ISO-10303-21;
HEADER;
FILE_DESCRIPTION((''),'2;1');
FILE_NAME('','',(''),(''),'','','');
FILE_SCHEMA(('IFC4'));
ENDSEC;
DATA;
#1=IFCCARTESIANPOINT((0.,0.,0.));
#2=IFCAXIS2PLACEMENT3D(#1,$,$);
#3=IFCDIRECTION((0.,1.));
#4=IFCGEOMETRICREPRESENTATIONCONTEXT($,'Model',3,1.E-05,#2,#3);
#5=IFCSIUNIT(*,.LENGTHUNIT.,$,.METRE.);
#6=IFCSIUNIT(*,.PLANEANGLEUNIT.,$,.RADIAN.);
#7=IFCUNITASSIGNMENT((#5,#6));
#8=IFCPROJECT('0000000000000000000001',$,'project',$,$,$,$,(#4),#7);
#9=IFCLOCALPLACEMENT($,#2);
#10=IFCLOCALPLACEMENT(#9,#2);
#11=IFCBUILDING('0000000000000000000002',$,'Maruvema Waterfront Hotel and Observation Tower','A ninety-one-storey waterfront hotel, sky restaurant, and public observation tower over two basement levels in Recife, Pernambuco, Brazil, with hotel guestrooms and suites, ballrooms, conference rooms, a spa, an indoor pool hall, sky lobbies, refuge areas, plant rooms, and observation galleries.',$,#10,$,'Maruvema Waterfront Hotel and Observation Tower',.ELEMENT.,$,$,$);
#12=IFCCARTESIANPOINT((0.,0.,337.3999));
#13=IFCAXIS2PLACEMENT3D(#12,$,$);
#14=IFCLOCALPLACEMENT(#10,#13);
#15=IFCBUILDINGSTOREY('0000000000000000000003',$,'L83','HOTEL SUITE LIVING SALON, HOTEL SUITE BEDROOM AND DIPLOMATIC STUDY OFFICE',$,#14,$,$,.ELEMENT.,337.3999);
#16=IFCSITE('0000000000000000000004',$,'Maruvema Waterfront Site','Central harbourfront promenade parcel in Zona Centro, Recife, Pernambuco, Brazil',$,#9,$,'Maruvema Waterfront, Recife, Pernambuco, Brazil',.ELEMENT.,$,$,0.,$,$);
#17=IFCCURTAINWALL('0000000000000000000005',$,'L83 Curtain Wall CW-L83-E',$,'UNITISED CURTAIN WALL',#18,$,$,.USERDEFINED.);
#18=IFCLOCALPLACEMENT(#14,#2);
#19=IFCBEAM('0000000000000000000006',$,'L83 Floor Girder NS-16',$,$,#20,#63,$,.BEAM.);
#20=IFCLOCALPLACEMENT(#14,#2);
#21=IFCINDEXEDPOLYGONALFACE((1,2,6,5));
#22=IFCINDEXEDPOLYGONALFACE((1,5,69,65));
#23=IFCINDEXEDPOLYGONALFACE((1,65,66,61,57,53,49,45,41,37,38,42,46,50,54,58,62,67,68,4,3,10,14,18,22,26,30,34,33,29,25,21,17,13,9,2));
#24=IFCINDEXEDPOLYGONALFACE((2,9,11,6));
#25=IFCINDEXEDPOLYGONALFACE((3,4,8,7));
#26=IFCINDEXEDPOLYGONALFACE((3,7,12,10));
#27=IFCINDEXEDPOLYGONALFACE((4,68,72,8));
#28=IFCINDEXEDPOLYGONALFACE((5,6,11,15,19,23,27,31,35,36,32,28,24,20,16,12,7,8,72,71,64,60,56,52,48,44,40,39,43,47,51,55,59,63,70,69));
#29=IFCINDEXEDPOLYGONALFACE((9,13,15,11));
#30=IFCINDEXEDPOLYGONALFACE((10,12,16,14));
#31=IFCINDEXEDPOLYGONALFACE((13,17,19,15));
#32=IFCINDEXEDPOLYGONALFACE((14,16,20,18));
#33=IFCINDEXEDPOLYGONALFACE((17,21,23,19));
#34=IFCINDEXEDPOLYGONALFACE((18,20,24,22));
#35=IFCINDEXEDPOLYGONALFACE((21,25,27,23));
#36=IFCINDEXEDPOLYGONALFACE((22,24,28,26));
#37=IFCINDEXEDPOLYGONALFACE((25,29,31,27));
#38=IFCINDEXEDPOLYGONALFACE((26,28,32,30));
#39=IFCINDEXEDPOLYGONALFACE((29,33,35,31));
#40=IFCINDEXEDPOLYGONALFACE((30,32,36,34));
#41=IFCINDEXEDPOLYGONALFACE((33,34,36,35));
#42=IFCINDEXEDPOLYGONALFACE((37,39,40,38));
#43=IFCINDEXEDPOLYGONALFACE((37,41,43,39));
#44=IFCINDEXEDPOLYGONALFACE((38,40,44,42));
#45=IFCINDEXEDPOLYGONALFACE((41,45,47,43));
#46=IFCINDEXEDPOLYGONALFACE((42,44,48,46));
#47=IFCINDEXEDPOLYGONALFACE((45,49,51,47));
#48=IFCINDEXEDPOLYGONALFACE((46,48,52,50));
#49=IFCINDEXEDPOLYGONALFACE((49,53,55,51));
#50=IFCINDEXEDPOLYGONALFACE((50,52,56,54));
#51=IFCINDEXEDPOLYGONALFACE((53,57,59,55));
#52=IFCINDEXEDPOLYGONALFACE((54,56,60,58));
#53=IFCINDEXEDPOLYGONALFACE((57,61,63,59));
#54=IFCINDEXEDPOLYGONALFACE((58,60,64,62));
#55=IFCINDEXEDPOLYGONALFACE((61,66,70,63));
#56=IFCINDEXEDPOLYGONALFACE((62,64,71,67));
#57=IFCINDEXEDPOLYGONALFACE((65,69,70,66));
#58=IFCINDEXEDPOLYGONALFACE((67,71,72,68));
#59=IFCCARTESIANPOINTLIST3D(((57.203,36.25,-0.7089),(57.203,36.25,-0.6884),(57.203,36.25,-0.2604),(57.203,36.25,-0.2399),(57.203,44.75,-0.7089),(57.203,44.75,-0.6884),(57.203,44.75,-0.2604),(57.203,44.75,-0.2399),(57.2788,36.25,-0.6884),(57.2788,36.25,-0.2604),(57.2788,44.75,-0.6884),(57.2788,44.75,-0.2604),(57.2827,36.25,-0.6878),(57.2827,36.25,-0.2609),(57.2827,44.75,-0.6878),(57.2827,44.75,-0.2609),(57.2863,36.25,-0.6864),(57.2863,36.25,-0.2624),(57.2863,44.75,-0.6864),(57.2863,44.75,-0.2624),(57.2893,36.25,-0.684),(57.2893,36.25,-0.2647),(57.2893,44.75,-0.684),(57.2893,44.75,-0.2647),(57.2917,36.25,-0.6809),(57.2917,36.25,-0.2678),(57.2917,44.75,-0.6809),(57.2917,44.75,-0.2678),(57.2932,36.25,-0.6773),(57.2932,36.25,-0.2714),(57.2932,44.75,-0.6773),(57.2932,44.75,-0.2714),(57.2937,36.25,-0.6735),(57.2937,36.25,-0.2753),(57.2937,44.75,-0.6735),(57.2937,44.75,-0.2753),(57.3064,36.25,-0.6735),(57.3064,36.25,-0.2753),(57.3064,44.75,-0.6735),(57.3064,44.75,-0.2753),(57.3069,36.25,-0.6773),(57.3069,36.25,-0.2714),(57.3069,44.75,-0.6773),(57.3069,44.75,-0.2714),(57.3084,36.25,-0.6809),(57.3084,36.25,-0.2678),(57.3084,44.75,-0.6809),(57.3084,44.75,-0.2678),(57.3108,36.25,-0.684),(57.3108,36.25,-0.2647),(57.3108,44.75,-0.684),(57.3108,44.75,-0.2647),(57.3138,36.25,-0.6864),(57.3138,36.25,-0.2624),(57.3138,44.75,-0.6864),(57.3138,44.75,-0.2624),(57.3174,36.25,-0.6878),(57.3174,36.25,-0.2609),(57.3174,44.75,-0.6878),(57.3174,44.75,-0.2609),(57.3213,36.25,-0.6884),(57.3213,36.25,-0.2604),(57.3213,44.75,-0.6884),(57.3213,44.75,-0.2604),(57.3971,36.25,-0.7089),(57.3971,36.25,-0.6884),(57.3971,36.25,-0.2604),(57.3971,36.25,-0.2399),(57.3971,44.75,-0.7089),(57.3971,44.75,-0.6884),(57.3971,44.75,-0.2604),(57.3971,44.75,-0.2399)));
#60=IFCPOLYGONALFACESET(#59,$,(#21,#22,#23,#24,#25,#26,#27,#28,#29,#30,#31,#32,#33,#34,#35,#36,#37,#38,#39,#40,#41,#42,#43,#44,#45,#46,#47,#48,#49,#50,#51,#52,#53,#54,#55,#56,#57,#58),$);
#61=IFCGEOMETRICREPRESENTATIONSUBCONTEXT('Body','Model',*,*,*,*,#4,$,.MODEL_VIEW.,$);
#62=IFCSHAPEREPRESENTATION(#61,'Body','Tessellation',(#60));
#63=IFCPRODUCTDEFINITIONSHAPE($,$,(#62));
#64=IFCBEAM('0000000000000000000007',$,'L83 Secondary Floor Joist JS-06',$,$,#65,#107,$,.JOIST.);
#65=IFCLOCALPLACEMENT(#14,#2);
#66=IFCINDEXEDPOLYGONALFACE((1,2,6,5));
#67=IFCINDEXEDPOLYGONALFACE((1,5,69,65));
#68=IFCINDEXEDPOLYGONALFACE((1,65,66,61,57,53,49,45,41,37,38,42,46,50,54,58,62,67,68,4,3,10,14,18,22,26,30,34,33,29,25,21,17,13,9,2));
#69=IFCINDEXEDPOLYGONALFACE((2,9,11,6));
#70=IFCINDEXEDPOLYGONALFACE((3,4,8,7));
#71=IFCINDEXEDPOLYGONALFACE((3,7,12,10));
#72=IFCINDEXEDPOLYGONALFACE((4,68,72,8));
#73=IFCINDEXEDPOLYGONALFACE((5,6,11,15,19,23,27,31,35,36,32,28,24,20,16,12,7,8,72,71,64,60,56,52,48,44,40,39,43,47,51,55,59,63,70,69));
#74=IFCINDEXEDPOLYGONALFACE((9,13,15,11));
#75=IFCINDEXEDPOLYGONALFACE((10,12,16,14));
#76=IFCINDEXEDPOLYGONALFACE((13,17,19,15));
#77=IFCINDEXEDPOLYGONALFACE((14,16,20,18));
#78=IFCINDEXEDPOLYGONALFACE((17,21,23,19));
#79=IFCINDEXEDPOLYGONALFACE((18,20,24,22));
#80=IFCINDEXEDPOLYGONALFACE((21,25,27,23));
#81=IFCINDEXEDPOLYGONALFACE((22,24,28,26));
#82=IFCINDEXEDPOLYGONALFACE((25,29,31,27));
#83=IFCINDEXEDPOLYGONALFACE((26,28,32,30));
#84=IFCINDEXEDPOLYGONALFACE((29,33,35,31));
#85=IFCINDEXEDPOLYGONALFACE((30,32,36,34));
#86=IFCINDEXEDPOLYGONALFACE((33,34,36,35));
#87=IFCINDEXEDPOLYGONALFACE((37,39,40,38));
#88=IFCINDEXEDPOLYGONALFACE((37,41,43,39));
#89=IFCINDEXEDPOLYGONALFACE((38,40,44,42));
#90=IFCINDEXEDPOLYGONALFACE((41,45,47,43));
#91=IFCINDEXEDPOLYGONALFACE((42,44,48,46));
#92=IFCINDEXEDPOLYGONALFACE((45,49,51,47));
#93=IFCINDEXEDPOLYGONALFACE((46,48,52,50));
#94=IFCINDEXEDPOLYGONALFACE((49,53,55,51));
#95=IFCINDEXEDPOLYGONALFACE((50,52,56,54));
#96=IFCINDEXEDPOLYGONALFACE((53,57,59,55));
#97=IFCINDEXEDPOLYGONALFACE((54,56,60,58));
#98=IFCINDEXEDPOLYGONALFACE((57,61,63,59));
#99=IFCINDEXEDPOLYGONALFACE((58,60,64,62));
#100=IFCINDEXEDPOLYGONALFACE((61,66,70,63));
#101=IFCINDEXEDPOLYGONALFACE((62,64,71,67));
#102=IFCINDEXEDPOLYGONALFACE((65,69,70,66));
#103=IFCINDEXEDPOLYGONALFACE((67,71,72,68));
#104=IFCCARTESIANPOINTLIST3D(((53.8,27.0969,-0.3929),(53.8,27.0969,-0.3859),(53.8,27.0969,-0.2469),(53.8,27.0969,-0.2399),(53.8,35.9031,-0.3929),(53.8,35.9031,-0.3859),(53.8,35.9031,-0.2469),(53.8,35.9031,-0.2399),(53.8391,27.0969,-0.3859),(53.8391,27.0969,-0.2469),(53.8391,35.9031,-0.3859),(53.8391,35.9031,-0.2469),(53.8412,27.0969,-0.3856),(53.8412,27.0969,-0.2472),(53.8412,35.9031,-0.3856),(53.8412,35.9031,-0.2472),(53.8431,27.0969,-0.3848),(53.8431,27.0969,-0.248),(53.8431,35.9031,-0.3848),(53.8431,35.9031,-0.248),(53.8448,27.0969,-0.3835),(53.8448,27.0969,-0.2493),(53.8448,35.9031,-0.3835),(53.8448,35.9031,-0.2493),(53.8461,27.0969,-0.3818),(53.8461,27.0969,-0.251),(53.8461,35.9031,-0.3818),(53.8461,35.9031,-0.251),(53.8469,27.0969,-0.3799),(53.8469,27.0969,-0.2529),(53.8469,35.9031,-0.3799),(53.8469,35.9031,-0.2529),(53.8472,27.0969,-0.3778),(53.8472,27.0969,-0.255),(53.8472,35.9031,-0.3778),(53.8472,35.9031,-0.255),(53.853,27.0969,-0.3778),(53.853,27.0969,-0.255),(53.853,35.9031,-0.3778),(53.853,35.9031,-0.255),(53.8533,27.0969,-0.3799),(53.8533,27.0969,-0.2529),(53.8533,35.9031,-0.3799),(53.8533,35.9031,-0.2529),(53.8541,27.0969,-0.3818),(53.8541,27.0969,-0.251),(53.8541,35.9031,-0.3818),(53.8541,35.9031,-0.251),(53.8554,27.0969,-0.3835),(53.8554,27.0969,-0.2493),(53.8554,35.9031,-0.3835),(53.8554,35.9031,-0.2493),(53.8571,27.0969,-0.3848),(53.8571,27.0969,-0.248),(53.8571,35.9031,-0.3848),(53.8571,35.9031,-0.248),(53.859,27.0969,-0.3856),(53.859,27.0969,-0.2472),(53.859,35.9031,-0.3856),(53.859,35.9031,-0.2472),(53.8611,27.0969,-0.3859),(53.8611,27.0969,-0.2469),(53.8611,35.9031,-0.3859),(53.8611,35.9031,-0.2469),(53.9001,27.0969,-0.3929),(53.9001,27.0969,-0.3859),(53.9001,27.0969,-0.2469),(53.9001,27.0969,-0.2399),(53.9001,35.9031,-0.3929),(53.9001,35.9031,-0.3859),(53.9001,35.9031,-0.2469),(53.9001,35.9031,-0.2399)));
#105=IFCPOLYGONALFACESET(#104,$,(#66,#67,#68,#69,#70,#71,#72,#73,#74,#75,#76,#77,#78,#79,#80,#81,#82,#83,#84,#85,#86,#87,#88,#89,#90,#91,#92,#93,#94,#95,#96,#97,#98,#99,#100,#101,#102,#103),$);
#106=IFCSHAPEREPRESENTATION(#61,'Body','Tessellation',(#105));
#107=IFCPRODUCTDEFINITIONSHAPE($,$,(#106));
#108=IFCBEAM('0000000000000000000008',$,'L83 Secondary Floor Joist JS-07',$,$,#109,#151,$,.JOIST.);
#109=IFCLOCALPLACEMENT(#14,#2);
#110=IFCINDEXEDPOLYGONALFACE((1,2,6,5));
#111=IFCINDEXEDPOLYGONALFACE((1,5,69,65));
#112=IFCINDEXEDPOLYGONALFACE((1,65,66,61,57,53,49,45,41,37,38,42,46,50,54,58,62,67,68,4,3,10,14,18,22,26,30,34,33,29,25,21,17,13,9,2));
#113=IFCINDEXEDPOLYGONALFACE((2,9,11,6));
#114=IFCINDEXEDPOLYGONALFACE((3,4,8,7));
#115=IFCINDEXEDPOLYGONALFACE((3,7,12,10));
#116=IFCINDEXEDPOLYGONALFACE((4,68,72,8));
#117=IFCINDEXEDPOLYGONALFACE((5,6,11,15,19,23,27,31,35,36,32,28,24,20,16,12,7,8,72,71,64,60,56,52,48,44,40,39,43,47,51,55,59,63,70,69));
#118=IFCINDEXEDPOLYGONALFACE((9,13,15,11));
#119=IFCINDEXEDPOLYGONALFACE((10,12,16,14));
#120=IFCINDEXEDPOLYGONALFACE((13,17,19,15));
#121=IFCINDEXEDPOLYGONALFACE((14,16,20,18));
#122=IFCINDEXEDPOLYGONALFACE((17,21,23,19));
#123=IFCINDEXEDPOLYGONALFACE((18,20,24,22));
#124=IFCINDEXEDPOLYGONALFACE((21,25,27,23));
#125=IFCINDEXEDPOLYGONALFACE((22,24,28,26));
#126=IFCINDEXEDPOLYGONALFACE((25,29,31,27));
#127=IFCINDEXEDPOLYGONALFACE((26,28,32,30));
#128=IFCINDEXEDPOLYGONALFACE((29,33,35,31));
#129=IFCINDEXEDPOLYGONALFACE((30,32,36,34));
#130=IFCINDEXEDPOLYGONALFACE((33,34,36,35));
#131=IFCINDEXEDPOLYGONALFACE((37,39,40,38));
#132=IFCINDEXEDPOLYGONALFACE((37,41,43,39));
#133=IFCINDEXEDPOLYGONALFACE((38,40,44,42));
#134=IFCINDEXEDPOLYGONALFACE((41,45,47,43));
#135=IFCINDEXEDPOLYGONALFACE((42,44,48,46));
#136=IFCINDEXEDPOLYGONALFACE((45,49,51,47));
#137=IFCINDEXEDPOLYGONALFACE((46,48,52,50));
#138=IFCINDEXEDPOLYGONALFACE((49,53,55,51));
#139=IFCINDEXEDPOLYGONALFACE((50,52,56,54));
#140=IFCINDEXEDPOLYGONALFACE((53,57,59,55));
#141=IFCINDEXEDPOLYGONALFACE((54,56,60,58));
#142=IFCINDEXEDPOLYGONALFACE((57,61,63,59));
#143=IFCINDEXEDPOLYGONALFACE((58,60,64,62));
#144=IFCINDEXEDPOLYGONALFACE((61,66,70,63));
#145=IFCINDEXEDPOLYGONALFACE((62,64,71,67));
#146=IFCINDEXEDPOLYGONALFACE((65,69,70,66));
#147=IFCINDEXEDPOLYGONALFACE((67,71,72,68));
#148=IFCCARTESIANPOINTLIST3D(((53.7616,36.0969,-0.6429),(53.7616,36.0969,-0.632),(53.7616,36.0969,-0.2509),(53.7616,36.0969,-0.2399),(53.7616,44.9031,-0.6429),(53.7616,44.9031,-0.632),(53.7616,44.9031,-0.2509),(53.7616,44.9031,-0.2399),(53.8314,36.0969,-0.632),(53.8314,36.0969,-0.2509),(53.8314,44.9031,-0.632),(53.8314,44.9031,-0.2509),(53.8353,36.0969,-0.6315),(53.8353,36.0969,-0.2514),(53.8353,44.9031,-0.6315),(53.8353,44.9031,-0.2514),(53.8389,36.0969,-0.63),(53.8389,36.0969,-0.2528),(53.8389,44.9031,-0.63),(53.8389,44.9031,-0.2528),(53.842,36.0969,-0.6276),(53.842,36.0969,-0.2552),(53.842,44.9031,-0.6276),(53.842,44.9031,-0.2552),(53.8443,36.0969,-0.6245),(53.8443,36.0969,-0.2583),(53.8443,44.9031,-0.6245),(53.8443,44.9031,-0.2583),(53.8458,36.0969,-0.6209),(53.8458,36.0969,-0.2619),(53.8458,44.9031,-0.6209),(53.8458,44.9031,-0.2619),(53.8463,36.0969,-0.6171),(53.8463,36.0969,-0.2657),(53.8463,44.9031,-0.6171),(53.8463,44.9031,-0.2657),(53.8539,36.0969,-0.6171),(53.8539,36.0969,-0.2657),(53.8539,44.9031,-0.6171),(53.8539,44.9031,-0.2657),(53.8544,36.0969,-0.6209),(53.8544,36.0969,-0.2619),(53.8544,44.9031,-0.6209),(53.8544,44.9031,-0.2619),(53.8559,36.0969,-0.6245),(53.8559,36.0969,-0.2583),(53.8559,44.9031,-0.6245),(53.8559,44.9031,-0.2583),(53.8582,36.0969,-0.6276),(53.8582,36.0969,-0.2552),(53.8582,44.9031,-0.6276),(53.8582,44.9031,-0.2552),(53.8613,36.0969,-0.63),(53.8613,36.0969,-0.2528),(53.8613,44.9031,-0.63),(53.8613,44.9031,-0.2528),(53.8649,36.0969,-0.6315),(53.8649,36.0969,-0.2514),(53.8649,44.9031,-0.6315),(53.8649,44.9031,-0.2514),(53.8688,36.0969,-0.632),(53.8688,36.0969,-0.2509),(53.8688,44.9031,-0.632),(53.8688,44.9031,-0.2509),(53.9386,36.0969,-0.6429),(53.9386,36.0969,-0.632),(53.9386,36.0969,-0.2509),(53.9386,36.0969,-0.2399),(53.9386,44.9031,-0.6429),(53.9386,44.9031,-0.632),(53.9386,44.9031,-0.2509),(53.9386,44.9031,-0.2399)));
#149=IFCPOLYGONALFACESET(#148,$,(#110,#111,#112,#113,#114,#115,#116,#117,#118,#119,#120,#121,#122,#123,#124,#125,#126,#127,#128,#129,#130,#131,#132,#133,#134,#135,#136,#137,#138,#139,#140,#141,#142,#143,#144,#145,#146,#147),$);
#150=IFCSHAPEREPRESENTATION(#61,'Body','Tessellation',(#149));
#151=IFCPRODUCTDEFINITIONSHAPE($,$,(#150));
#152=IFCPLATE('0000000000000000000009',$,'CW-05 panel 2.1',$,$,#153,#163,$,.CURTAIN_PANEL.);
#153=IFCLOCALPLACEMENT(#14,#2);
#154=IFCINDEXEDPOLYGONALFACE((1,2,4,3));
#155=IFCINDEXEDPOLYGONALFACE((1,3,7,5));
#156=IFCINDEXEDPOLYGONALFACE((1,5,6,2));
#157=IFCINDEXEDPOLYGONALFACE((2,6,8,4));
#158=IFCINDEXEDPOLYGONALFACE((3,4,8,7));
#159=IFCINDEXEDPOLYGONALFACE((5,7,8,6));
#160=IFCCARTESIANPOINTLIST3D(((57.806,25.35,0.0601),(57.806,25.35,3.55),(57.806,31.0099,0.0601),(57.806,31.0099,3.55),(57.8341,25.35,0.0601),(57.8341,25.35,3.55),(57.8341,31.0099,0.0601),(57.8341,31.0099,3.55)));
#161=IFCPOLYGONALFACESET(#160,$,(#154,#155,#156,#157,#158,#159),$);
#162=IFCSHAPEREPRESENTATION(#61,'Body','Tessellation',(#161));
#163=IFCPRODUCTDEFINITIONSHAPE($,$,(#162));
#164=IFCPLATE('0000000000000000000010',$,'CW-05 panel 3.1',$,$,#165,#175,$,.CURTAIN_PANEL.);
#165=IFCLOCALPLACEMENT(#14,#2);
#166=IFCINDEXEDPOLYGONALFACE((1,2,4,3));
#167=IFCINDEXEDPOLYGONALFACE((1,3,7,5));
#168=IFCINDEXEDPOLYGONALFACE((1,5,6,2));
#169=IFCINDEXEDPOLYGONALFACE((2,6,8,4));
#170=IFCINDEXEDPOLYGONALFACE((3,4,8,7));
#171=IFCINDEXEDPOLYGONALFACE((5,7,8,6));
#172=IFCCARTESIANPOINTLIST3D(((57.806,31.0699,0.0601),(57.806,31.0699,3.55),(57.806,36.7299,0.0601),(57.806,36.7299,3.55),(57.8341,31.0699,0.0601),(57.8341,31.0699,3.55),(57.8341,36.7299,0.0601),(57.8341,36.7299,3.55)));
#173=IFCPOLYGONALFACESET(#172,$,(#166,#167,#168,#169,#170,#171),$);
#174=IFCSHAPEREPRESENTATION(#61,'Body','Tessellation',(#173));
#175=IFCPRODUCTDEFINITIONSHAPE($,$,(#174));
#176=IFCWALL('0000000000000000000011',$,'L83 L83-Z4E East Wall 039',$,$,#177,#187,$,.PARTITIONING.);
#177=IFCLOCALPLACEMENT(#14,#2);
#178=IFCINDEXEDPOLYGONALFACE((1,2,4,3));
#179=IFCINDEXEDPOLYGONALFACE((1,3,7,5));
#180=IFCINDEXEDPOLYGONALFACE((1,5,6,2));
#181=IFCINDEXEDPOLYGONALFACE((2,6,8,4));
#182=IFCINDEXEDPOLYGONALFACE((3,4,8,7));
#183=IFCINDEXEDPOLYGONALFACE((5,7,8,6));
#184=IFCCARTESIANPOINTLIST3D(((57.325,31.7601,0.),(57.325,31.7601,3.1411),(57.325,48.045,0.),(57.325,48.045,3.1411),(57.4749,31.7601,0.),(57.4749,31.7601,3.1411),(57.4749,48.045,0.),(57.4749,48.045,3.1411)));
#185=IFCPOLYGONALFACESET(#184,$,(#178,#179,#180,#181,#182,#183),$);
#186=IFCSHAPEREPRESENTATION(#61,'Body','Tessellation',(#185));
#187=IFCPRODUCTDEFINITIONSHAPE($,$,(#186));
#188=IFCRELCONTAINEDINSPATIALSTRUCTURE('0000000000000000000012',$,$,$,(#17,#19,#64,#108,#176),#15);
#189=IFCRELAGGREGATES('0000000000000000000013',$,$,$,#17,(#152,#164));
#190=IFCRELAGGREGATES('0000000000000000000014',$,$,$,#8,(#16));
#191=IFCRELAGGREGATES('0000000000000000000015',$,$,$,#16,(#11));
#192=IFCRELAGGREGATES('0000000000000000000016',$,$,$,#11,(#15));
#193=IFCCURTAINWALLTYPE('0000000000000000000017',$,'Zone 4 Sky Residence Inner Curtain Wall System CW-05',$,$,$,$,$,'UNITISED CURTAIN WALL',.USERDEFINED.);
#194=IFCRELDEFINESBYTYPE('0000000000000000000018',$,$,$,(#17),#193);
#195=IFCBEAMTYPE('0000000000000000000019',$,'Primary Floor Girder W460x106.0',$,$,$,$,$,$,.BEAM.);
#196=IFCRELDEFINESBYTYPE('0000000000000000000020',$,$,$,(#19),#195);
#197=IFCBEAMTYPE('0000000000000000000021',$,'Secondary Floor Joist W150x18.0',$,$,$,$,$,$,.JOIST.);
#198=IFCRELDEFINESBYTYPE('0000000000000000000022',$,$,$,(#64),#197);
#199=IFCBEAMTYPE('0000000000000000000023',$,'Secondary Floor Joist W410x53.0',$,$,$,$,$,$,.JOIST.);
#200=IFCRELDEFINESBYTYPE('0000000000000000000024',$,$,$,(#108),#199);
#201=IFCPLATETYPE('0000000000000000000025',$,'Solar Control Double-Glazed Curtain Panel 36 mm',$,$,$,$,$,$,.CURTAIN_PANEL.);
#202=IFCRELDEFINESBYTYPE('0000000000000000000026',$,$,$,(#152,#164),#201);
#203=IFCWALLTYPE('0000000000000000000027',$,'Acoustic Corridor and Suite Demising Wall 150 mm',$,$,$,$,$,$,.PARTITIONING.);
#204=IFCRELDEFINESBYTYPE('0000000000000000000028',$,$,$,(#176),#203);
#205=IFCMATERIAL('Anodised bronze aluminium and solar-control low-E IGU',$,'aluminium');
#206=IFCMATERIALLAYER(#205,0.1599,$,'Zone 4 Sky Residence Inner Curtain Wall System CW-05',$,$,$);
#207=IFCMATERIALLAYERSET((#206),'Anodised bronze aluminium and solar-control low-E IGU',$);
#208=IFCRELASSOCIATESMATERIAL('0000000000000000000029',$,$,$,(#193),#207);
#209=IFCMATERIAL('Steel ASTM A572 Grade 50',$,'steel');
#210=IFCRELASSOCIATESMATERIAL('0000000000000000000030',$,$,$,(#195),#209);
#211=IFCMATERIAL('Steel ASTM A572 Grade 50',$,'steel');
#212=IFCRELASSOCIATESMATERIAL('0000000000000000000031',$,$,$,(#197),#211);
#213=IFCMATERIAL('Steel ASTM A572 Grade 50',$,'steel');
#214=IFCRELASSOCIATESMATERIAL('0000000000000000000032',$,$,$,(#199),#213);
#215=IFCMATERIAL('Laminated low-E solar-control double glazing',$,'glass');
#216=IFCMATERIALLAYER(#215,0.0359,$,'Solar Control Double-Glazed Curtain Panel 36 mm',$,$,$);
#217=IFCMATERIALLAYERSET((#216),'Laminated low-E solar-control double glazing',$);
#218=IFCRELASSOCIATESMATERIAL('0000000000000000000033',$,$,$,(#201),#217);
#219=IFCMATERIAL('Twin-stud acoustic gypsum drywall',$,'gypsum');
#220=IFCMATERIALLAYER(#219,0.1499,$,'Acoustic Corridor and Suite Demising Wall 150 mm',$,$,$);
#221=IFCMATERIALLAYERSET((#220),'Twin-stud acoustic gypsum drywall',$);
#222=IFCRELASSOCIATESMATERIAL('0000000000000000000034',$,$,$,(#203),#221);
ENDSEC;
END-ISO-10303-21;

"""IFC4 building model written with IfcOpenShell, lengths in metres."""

from ifc_helpers import new_model, si_unit, direction, frame, frame_2d, origin, origin_2d, place, context, subcontext, project, spatial, rectangle, i_section, extrude, material, layer, layer_set, material_profile, profile_set, type_object, element, aggregate, save


model = new_model("IFC4")

# Units and contexts
model_context = context("Model", 3, precision=1e-05, world=origin(), true_north=direction((0.0, 1.0)))
body_context = subcontext(model_context, "Body", "Model", "MODEL_VIEW")
ifc_project = project(units=[si_unit("LENGTHUNIT", "METRE"), si_unit("PLANEANGLEUNIT", "RADIAN")], contexts=[model_context])

# Site, building, storey
site_placement = place(None, origin())
site = spatial("IfcSite", under=ifc_project, at=site_placement, Name="Maruvema Waterfront Site", Description="Central harbourfront promenade parcel in Zona Centro, Recife, Pernambuco, Brazil", LongName="Maruvema Waterfront, Recife, Pernambuco, Brazil", CompositionType="ELEMENT", RefElevation=0.0)
building_placement = place(site_placement, origin())
building = spatial("IfcBuilding", under=site, at=building_placement, Name="Maruvema Waterfront Hotel and Observation Tower", Description="A ninety-one-storey waterfront hotel, sky restaurant, and public observation tower over two basement levels in Recife, Pernambuco, Brazil, with hotel guestrooms and suites, ballrooms, conference rooms, a spa, an indoor pool hall, sky lobbies, refuge areas, plant rooms, and observation galleries.", LongName="Maruvema Waterfront Hotel and Observation Tower", CompositionType="ELEMENT")
storey_placement = place(building_placement, frame((0.0, 0.0, 337.3999)))
storey = spatial("IfcBuildingStorey", under=building, at=storey_placement, Name="L83", Description="HOTEL SUITE LIVING SALON, HOTEL SUITE BEDROOM AND DIPLOMATIC STUDY OFFICE", CompositionType="ELEMENT", Elevation=337.3999)

# Curtain wall
ifc_material_1 = material(Name="Anodised bronze aluminium and solar-control low-E IGU", Category="aluminium")
ifc_layer_1 = layer(ifc_material_1, 0.1599, Name="Zone 4 Sky Residence Inner Curtain Wall System CW-05")
ifc_layer_set_1 = layer_set([ifc_layer_1], Name="Anodised bronze aluminium and solar-control low-E IGU")
curtain_wall_type = type_object("IfcCurtainWallType", Name="Zone 4 Sky Residence Inner Curtain Wall System CW-05", ElementType="UNITISED CURTAIN WALL", PredefinedType="USERDEFINED", material=ifc_layer_set_1)
curtain_wall_placement = place(storey_placement, origin())
curtain_wall = element("IfcCurtainWall", 1, at=curtain_wall_placement, inside=storey, type_object=curtain_wall_type, Name="L83 Curtain Wall CW-L83-E", ObjectType="UNITISED CURTAIN WALL", PredefinedType="USERDEFINED")

# Beams
ifc_material_2 = material(Name="Steel ASTM A572 Grade 50", Category="steel")
ifc_material_profile_1 = material_profile(ifc_material_2, i_section(OverallWidth=0.1941, OverallDepth=0.469, WebThickness=0.0127, FlangeThickness=0.0205, FilletRadius=0.0149, at=origin_2d()), Name="W460x106.0")
ifc_profile_set_1 = profile_set([ifc_material_profile_1], Name="Steel ASTM A572 Grade 50")
beam_type_1 = type_object("IfcBeamType", Name="Primary Floor Girder W460x106.0", PredefinedType="BEAM", material=ifc_profile_set_1)
for number, where, z_axis, x_axis, name in (
    (2, (57.3, 36.25, -0.4744), (0.0, 1.0, 0.0), (-1.0, 0.0, 0.0), "L83 Floor Girder NS-16"),
):
    element("IfcBeam", number, at=place(storey_placement, frame(where, z_axis=z_axis, x_axis=x_axis)), inside=storey, type_object=beam_type_1, Name=name, PredefinedType="BEAM", context=body_context, shape_type="SweptSolid", body=[
        extrude(i_section(OverallWidth=0.1941, OverallDepth=0.469, WebThickness=0.0127, FlangeThickness=0.0205, FilletRadius=0.0149, at=origin_2d()), origin(), (0.0, 0.0, 1.0), 8.5),
    ])
ifc_material_3 = material(Name="Steel ASTM A572 Grade 50", Category="steel")
ifc_material_profile_2 = material_profile(ifc_material_3, i_section(OverallWidth=0.1001, OverallDepth=0.1531, WebThickness=0.0059, FlangeThickness=0.0071, FilletRadius=0.0081, at=origin_2d()), Name="W150x18.0")
ifc_profile_set_2 = profile_set([ifc_material_profile_2], Name="Steel ASTM A572 Grade 50")
beam_type_2 = type_object("IfcBeamType", Name="Secondary Floor Joist W150x18.0", PredefinedType="JOIST", material=ifc_profile_set_2)
beam_1_placement = place(storey_placement, frame((53.8501, 27.0969, -0.3164), z_axis=(0.0, 1.0, 0.0), x_axis=(-1.0, 0.0, 0.0)))
element("IfcBeam", 3, at=beam_1_placement, inside=storey, type_object=beam_type_2, Name="L83 Secondary Floor Joist JS-06", PredefinedType="JOIST", context=body_context, shape_type="SweptSolid", body=[
    extrude(i_section(OverallWidth=0.1001, OverallDepth=0.1531, WebThickness=0.0059, FlangeThickness=0.0071, FilletRadius=0.0081, at=origin_2d()), origin(), (0.0, 0.0, 1.0), 8.8062),
])
ifc_material_4 = material(Name="Steel ASTM A572 Grade 50", Category="steel")
ifc_material_profile_3 = material_profile(ifc_material_4, i_section(OverallWidth=0.177, OverallDepth=0.4031, WebThickness=0.0076, FlangeThickness=0.011, FilletRadius=0.0149, at=origin_2d()), Name="W410x53.0")
ifc_profile_set_3 = profile_set([ifc_material_profile_3], Name="Steel ASTM A572 Grade 50")
beam_type_3 = type_object("IfcBeamType", Name="Secondary Floor Joist W410x53.0", PredefinedType="JOIST", material=ifc_profile_set_3)
beam_2_placement = place(storey_placement, frame((53.8501, 36.0969, -0.4414), z_axis=(0.0, 1.0, 0.0), x_axis=(-1.0, 0.0, 0.0)))
element("IfcBeam", 4, at=beam_2_placement, inside=storey, type_object=beam_type_3, Name="L83 Secondary Floor Joist JS-07", PredefinedType="JOIST", context=body_context, shape_type="SweptSolid", body=[
    extrude(i_section(OverallWidth=0.177, OverallDepth=0.4031, WebThickness=0.0076, FlangeThickness=0.011, FilletRadius=0.0149, at=origin_2d()), origin(), (0.0, 0.0, 1.0), 8.8062),
])

# Plates
ifc_material_5 = material(Name="Laminated low-E solar-control double glazing", Category="glass")
ifc_layer_2 = layer(ifc_material_5, 0.0359, Name="Solar Control Double-Glazed Curtain Panel 36 mm")
ifc_layer_set_2 = layer_set([ifc_layer_2], Name="Laminated low-E solar-control double glazing")
plate_type = type_object("IfcPlateType", Name="Solar Control Double-Glazed Curtain Panel 36 mm", PredefinedType="CURTAIN_PANEL", material=ifc_layer_set_2)
plate_1_placement = place(storey_placement, frame((57.8201, 28.1799, 0.0601), z_axis=(0.0, 0.0, 1.0), x_axis=(0.0, 1.0, 0.0)))
plate_1 = element("IfcPlate", 5, at=plate_1_placement, type_object=plate_type, Name="CW-05 panel 2.1", PredefinedType="CURTAIN_PANEL", context=body_context, shape_type="SweptSolid", body=[
    extrude(rectangle(XDim=5.6599, YDim=0.0281, at=origin_2d()), origin(), (0.0, 0.0, 1.0), 3.49),
])
plate_2_placement = place(storey_placement, frame((57.8201, 33.8999, 0.0601), z_axis=(0.0, 0.0, 1.0), x_axis=(0.0, 1.0, 0.0)))
plate_2 = element("IfcPlate", 6, at=plate_2_placement, type_object=plate_type, Name="CW-05 panel 3.1", PredefinedType="CURTAIN_PANEL", context=body_context, shape_type="SweptSolid", body=[
    extrude(rectangle(XDim=5.6599, YDim=0.0281, at=origin_2d()), origin(), (0.0, 0.0, 1.0), 3.49),
])
aggregate(curtain_wall, [plate_1, plate_2])

# Wall
ifc_material_6 = material(Name="Twin-stud acoustic gypsum drywall", Category="gypsum")
ifc_layer_3 = layer(ifc_material_6, 0.1499, Name="Acoustic Corridor and Suite Demising Wall 150 mm")
ifc_layer_set_3 = layer_set([ifc_layer_3], Name="Twin-stud acoustic gypsum drywall")
wall_type_1 = type_object("IfcWallType", Name="Acoustic Corridor and Suite Demising Wall 150 mm", PredefinedType="PARTITIONING", material=ifc_layer_set_3)
wall_1_placement = place(storey_placement, frame((57.3999, 31.76, 0.0), z_axis=(0.0, 0.0, 1.0), x_axis=(0.0, 1.0, 0.0)))
element("IfcWall", 7, at=wall_1_placement, inside=storey, type_object=wall_type_1, Name="L83 L83-Z4E East Wall 039", PredefinedType="PARTITIONING", context=body_context, shape_type="SweptSolid", body=[
    extrude(rectangle(XDim=16.2849, YDim=0.1499, at=frame_2d((8.1426, 0.0))), origin(), (0.0, 0.0, 1.0), 3.1411),
])

save(model, "model.ifc")
